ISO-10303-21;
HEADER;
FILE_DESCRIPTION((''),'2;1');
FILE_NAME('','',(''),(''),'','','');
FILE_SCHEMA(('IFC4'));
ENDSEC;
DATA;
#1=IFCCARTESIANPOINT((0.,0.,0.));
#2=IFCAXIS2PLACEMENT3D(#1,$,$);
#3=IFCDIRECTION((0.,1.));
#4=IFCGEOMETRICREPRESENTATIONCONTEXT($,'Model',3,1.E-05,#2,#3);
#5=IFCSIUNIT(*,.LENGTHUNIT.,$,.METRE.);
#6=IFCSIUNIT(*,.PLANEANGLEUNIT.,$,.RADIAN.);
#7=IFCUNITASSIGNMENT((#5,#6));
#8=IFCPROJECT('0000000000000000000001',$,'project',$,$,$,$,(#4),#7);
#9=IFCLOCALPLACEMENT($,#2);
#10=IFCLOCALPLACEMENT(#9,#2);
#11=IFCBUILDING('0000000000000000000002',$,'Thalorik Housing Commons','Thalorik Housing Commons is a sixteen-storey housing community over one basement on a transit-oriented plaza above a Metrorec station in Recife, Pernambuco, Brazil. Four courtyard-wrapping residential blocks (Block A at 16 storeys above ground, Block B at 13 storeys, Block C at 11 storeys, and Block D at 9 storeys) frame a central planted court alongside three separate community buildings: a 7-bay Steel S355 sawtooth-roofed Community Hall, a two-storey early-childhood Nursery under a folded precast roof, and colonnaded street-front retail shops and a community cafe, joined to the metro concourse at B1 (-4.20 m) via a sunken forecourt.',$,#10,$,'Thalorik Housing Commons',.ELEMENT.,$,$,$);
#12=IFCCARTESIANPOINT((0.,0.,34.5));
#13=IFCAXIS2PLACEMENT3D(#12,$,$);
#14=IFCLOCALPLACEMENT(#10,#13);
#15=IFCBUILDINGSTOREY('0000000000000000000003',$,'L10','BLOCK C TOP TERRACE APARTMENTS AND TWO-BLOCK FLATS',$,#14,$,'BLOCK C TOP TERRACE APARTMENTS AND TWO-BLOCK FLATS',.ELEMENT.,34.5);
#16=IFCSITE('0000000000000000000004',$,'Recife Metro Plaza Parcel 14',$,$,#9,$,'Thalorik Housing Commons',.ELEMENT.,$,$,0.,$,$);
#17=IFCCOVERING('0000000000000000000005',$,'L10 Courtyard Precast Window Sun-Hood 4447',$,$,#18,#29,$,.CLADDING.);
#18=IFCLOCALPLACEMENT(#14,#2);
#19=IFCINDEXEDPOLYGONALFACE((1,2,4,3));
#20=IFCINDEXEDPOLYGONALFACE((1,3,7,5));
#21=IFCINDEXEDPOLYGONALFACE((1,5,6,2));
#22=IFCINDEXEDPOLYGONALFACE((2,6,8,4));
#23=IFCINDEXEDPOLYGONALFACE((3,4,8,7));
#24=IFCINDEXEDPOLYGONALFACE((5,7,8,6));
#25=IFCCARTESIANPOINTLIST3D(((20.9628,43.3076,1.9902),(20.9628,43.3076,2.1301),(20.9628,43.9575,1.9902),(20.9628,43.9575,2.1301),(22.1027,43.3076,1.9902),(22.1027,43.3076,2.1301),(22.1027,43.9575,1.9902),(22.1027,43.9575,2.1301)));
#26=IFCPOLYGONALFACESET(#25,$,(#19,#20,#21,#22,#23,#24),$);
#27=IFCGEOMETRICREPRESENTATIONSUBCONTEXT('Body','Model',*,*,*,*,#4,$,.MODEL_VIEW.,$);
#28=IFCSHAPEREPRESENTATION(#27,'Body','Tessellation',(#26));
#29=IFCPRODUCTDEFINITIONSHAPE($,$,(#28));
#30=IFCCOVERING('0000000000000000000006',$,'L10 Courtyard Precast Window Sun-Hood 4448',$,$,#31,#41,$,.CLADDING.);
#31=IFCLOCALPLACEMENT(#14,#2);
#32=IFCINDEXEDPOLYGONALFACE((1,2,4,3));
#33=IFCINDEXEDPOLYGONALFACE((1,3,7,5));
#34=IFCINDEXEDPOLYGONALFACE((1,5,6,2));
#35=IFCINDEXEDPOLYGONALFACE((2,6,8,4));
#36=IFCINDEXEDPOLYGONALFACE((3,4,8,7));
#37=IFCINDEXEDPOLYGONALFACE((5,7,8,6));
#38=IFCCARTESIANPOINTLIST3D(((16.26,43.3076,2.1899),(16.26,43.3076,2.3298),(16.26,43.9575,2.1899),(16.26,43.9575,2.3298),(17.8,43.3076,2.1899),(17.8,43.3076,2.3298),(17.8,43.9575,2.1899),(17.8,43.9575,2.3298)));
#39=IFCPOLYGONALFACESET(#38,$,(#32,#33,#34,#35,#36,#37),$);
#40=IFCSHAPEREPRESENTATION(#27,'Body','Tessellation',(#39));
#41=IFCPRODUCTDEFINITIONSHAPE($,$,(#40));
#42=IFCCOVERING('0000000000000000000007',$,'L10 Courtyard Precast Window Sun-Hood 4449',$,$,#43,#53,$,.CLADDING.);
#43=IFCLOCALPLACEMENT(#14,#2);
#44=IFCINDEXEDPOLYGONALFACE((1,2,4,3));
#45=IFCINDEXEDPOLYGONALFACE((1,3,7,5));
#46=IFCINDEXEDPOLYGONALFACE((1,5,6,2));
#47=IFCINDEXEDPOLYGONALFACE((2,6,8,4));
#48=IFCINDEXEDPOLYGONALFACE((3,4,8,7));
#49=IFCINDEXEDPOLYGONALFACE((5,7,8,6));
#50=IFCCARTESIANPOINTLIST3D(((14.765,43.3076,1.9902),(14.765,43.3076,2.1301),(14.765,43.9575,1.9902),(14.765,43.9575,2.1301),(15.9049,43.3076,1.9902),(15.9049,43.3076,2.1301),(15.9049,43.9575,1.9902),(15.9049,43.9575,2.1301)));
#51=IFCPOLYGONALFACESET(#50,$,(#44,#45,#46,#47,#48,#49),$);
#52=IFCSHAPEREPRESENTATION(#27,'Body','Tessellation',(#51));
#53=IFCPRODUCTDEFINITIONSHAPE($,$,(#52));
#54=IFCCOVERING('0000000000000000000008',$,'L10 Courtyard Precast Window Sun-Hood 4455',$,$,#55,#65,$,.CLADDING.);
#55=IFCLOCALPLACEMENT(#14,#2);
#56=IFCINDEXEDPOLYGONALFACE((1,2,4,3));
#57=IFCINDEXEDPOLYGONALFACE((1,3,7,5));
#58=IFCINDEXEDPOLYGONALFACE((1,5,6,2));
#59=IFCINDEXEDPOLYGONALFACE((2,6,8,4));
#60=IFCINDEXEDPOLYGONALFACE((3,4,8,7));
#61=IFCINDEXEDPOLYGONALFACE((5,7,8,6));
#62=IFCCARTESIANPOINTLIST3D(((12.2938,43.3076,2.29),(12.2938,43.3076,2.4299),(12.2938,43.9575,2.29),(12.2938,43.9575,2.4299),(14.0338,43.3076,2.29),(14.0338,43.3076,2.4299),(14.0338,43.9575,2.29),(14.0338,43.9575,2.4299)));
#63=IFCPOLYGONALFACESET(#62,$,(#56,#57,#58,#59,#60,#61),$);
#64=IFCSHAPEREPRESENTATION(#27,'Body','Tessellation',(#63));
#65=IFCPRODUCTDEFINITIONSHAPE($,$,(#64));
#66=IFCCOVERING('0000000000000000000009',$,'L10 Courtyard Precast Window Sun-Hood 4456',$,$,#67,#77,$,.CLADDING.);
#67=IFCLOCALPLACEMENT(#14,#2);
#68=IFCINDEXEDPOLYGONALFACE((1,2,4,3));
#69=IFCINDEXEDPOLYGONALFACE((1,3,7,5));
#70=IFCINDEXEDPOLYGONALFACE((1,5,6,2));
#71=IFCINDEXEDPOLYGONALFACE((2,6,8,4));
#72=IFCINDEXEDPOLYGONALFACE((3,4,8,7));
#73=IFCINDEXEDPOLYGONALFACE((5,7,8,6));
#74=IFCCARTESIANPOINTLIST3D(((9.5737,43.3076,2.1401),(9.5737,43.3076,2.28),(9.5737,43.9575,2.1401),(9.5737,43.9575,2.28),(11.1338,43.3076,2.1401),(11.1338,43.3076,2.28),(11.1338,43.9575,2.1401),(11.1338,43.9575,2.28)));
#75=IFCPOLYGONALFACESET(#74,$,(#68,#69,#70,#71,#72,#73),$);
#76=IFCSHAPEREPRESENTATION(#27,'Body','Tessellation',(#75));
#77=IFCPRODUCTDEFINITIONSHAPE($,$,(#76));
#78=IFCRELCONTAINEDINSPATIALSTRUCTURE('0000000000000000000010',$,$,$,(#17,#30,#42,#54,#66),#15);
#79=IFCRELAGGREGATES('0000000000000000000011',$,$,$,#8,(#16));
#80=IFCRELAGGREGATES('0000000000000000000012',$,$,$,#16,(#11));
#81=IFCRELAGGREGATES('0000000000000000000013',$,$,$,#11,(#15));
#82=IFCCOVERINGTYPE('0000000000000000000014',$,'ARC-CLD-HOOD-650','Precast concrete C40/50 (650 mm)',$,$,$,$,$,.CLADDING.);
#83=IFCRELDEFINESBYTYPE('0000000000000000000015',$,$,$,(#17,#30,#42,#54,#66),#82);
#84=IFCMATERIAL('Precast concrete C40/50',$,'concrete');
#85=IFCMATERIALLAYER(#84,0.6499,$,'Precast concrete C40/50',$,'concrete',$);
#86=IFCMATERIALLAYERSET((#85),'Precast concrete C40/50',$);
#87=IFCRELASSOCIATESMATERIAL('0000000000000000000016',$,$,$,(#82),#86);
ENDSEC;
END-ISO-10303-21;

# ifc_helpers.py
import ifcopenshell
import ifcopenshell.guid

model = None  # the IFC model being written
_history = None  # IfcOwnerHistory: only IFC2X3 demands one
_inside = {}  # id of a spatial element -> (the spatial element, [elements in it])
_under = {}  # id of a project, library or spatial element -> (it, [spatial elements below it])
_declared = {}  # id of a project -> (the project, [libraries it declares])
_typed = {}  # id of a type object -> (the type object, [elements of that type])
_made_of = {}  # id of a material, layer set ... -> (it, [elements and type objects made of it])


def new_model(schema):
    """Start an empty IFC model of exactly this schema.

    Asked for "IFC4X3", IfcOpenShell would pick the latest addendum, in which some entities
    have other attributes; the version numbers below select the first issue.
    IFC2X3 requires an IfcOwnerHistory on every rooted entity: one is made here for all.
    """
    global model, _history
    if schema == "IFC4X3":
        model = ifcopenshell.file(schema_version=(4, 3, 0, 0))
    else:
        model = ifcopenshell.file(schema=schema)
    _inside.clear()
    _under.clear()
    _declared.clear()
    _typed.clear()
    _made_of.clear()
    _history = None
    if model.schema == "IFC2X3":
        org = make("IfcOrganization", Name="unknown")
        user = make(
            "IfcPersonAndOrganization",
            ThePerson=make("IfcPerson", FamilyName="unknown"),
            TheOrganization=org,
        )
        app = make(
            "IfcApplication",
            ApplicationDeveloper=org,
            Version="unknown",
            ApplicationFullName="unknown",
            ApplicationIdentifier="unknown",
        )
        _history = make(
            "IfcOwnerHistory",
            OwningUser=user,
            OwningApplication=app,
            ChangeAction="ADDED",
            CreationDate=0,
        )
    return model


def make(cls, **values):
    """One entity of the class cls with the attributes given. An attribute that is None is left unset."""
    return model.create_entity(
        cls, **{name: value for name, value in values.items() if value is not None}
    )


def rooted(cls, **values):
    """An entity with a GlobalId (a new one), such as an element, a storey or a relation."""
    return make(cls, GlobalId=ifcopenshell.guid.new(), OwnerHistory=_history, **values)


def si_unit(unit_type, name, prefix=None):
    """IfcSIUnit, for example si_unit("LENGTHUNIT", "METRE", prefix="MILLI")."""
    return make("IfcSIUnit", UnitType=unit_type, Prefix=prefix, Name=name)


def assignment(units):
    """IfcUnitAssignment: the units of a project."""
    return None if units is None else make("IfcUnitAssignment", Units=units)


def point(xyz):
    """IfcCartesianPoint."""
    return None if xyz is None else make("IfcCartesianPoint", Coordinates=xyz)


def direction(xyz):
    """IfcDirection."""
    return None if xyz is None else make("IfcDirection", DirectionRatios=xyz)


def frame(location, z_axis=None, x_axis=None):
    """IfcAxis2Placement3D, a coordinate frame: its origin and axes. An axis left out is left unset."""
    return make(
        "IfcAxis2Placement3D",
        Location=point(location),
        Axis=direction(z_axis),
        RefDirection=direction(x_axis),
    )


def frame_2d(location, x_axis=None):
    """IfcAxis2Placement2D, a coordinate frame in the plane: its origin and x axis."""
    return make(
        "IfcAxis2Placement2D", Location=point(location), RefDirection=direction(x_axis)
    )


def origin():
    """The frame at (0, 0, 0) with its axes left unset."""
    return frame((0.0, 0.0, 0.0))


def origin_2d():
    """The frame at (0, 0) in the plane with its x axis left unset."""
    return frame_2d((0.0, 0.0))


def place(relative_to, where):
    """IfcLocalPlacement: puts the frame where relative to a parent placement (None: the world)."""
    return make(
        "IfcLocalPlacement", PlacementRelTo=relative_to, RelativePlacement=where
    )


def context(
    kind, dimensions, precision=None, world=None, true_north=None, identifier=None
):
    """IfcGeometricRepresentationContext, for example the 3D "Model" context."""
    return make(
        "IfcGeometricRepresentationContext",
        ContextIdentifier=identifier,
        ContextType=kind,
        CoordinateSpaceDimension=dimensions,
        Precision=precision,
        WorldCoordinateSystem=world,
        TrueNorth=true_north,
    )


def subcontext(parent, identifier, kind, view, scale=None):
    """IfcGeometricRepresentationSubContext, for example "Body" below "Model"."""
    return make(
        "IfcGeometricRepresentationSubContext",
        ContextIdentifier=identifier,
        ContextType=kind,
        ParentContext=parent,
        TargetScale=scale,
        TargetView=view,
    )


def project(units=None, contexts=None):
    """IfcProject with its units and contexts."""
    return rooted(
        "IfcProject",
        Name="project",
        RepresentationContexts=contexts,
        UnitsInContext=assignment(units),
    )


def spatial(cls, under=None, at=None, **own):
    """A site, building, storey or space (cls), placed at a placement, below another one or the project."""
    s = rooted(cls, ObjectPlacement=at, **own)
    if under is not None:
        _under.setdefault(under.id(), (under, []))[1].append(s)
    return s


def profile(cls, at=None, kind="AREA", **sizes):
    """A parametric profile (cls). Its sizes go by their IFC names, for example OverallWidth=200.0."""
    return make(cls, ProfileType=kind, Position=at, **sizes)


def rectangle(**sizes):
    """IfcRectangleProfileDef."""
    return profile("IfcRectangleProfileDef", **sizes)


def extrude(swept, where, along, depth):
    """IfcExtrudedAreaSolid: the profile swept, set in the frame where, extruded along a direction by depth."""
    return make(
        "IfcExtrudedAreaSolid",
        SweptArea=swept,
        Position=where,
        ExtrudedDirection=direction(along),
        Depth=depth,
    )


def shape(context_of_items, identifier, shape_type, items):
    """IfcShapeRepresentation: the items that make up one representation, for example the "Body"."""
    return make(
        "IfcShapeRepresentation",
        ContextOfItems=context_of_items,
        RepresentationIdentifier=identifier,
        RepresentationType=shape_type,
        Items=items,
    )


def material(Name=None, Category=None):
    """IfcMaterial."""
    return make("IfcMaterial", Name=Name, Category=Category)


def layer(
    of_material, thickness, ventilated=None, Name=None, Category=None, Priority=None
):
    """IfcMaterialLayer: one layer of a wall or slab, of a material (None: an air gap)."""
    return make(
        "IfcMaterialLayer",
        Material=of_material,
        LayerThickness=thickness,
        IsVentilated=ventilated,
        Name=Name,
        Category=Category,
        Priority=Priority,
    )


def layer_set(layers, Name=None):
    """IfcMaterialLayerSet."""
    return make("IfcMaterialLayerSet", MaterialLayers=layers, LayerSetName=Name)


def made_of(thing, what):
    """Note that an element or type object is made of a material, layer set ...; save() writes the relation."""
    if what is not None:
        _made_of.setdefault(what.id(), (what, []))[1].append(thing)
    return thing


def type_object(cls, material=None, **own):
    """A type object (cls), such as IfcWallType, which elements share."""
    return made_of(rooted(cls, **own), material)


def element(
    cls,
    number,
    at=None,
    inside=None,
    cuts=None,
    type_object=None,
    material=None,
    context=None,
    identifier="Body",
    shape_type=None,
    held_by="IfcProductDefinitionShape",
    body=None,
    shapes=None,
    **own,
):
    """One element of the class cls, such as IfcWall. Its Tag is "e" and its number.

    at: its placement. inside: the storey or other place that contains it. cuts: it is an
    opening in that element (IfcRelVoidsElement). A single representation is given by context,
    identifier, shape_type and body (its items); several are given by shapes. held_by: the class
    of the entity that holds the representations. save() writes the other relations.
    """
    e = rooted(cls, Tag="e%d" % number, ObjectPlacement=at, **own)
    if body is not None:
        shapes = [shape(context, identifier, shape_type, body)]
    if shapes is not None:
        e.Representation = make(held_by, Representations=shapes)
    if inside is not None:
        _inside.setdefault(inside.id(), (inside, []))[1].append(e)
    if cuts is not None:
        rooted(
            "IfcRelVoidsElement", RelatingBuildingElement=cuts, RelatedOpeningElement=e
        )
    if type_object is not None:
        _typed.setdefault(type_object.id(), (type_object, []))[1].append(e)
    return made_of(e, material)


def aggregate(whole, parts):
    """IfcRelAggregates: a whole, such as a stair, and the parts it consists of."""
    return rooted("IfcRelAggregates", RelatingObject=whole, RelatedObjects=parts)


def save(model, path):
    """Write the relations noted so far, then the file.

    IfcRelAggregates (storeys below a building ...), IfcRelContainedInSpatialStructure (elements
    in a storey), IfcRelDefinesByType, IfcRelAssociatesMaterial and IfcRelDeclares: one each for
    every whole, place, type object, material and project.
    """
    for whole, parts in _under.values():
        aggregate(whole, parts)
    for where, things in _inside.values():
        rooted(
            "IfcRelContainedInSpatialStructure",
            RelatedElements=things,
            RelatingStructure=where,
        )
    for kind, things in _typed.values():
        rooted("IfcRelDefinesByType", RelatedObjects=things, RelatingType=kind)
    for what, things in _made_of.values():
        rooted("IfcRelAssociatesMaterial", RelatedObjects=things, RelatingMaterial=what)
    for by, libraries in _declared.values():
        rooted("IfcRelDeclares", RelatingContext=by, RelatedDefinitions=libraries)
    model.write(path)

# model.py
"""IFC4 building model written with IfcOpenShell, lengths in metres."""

from ifc_helpers import new_model, si_unit, direction, frame, origin, origin_2d, place, context, subcontext, project, spatial, rectangle, extrude, material, layer, layer_set, type_object, element, save


model = new_model("IFC4")

# Units and contexts
model_context = context("Model", 3, precision=1e-05, world=origin(), true_north=direction((0.0, 1.0)))
body_context = subcontext(model_context, "Body", "Model", "MODEL_VIEW")
ifc_project = project(units=[si_unit("LENGTHUNIT", "METRE"), si_unit("PLANEANGLEUNIT", "RADIAN")], contexts=[model_context])

# Site, building, storey
site_placement = place(None, origin())
site = spatial("IfcSite", under=ifc_project, at=site_placement, Name="Recife Metro Plaza Parcel 14", LongName="Thalorik Housing Commons", CompositionType="ELEMENT", RefElevation=0.0)
building_placement = place(site_placement, origin())
building = spatial("IfcBuilding", under=site, at=building_placement, Name="Thalorik Housing Commons", Description="Thalorik Housing Commons is a sixteen-storey housing community over one basement on a transit-oriented plaza above a Metrorec station in Recife, Pernambuco, Brazil. Four courtyard-wrapping residential blocks (Block A at 16 storeys above ground, Block B at 13 storeys, Block C at 11 storeys, and Block D at 9 storeys) frame a central planted court alongside three separate community buildings: a 7-bay Steel S355 sawtooth-roofed Community Hall, a two-storey early-childhood Nursery under a folded precast roof, and colonnaded street-front retail shops and a community cafe, joined to the metro concourse at B1 (-4.20 m) via a sunken forecourt.", LongName="Thalorik Housing Commons", CompositionType="ELEMENT")
storey_placement = place(building_placement, frame((0.0, 0.0, 34.5)))
storey = spatial("IfcBuildingStorey", under=building, at=storey_placement, Name="L10", Description="BLOCK C TOP TERRACE APARTMENTS AND TWO-BLOCK FLATS", LongName="BLOCK C TOP TERRACE APARTMENTS AND TWO-BLOCK FLATS", CompositionType="ELEMENT", Elevation=34.5)

# Shared definitions
ifc_material_1 = material(Name="Precast concrete C40/50", Category="concrete")

# Coverings
ifc_layer_1 = layer(ifc_material_1, 0.6499, Name="Precast concrete C40/50", Category="concrete")
ifc_layer_set_1 = layer_set([ifc_layer_1], Name="Precast concrete C40/50")
covering_type_1 = type_object("IfcCoveringType", Name="ARC-CLD-HOOD-650", Description="Precast concrete C40/50 (650 mm)", PredefinedType="CLADDING", material=ifc_layer_set_1)
covering_1_placement = place(storey_placement, frame((21.5327, 43.6326, 1.9902), z_axis=(0.0, 0.0, 1.0), x_axis=(-1.0, 0.0, 0.0)))
element("IfcCovering", 1, at=covering_1_placement, inside=storey, type_object=covering_type_1, Name="L10 Courtyard Precast Window Sun-Hood 4447", PredefinedType="CLADDING", context=body_context, shape_type="SweptSolid", body=[
    extrude(rectangle(XDim=1.1399, YDim=0.6499, at=origin_2d()), origin(), (0.0, 0.0, 1.0), 0.1399),
])
covering_2_placement = place(storey_placement, frame((17.03, 43.6326, 2.1899), z_axis=(0.0, 0.0, 1.0), x_axis=(-1.0, 0.0, 0.0)))
element("IfcCovering", 2, at=covering_2_placement, inside=storey, type_object=covering_type_1, Name="L10 Courtyard Precast Window Sun-Hood 4448", PredefinedType="CLADDING", context=body_context, shape_type="SweptSolid", body=[
    extrude(rectangle(XDim=1.54, YDim=0.6499, at=origin_2d()), origin(), (0.0, 0.0, 1.0), 0.1399),
])
covering_3_placement = place(storey_placement, frame((15.335, 43.6326, 1.9902), z_axis=(0.0, 0.0, 1.0), x_axis=(-1.0, 0.0, 0.0)))
element("IfcCovering", 3, at=covering_3_placement, inside=storey, type_object=covering_type_1, Name="L10 Courtyard Precast Window Sun-Hood 4449", PredefinedType="CLADDING", context=body_context, shape_type="SweptSolid", body=[
    extrude(rectangle(XDim=1.1399, YDim=0.6499, at=origin_2d()), origin(), (0.0, 0.0, 1.0), 0.1399),
])
covering_4_placement = place(storey_placement, frame((13.1638, 43.6326, 2.29), z_axis=(0.0, 0.0, 1.0), x_axis=(-1.0, 0.0, 0.0)))
element("IfcCovering", 4, at=covering_4_placement, inside=storey, type_object=covering_type_1, Name="L10 Courtyard Precast Window Sun-Hood 4455", PredefinedType="CLADDING", context=body_context, shape_type="SweptSolid", body=[
    extrude(rectangle(XDim=1.74, YDim=0.6499, at=origin_2d()), origin(), (0.0, 0.0, 1.0), 0.1399),
])
covering_5_placement = place(storey_placement, frame((10.3538, 43.6326, 2.1401), z_axis=(0.0, 0.0, 1.0), x_axis=(-1.0, 0.0, 0.0)))
element("IfcCovering", 5, at=covering_5_placement, inside=storey, type_object=covering_type_1, Name="L10 Courtyard Precast Window Sun-Hood 4456", PredefinedType="CLADDING", context=body_context, shape_type="SweptSolid", body=[
    extrude(rectangle(XDim=1.5601, YDim=0.6499, at=origin_2d()), origin(), (0.0, 0.0, 1.0), 0.1399),
])

save(model, "model.ifc")
